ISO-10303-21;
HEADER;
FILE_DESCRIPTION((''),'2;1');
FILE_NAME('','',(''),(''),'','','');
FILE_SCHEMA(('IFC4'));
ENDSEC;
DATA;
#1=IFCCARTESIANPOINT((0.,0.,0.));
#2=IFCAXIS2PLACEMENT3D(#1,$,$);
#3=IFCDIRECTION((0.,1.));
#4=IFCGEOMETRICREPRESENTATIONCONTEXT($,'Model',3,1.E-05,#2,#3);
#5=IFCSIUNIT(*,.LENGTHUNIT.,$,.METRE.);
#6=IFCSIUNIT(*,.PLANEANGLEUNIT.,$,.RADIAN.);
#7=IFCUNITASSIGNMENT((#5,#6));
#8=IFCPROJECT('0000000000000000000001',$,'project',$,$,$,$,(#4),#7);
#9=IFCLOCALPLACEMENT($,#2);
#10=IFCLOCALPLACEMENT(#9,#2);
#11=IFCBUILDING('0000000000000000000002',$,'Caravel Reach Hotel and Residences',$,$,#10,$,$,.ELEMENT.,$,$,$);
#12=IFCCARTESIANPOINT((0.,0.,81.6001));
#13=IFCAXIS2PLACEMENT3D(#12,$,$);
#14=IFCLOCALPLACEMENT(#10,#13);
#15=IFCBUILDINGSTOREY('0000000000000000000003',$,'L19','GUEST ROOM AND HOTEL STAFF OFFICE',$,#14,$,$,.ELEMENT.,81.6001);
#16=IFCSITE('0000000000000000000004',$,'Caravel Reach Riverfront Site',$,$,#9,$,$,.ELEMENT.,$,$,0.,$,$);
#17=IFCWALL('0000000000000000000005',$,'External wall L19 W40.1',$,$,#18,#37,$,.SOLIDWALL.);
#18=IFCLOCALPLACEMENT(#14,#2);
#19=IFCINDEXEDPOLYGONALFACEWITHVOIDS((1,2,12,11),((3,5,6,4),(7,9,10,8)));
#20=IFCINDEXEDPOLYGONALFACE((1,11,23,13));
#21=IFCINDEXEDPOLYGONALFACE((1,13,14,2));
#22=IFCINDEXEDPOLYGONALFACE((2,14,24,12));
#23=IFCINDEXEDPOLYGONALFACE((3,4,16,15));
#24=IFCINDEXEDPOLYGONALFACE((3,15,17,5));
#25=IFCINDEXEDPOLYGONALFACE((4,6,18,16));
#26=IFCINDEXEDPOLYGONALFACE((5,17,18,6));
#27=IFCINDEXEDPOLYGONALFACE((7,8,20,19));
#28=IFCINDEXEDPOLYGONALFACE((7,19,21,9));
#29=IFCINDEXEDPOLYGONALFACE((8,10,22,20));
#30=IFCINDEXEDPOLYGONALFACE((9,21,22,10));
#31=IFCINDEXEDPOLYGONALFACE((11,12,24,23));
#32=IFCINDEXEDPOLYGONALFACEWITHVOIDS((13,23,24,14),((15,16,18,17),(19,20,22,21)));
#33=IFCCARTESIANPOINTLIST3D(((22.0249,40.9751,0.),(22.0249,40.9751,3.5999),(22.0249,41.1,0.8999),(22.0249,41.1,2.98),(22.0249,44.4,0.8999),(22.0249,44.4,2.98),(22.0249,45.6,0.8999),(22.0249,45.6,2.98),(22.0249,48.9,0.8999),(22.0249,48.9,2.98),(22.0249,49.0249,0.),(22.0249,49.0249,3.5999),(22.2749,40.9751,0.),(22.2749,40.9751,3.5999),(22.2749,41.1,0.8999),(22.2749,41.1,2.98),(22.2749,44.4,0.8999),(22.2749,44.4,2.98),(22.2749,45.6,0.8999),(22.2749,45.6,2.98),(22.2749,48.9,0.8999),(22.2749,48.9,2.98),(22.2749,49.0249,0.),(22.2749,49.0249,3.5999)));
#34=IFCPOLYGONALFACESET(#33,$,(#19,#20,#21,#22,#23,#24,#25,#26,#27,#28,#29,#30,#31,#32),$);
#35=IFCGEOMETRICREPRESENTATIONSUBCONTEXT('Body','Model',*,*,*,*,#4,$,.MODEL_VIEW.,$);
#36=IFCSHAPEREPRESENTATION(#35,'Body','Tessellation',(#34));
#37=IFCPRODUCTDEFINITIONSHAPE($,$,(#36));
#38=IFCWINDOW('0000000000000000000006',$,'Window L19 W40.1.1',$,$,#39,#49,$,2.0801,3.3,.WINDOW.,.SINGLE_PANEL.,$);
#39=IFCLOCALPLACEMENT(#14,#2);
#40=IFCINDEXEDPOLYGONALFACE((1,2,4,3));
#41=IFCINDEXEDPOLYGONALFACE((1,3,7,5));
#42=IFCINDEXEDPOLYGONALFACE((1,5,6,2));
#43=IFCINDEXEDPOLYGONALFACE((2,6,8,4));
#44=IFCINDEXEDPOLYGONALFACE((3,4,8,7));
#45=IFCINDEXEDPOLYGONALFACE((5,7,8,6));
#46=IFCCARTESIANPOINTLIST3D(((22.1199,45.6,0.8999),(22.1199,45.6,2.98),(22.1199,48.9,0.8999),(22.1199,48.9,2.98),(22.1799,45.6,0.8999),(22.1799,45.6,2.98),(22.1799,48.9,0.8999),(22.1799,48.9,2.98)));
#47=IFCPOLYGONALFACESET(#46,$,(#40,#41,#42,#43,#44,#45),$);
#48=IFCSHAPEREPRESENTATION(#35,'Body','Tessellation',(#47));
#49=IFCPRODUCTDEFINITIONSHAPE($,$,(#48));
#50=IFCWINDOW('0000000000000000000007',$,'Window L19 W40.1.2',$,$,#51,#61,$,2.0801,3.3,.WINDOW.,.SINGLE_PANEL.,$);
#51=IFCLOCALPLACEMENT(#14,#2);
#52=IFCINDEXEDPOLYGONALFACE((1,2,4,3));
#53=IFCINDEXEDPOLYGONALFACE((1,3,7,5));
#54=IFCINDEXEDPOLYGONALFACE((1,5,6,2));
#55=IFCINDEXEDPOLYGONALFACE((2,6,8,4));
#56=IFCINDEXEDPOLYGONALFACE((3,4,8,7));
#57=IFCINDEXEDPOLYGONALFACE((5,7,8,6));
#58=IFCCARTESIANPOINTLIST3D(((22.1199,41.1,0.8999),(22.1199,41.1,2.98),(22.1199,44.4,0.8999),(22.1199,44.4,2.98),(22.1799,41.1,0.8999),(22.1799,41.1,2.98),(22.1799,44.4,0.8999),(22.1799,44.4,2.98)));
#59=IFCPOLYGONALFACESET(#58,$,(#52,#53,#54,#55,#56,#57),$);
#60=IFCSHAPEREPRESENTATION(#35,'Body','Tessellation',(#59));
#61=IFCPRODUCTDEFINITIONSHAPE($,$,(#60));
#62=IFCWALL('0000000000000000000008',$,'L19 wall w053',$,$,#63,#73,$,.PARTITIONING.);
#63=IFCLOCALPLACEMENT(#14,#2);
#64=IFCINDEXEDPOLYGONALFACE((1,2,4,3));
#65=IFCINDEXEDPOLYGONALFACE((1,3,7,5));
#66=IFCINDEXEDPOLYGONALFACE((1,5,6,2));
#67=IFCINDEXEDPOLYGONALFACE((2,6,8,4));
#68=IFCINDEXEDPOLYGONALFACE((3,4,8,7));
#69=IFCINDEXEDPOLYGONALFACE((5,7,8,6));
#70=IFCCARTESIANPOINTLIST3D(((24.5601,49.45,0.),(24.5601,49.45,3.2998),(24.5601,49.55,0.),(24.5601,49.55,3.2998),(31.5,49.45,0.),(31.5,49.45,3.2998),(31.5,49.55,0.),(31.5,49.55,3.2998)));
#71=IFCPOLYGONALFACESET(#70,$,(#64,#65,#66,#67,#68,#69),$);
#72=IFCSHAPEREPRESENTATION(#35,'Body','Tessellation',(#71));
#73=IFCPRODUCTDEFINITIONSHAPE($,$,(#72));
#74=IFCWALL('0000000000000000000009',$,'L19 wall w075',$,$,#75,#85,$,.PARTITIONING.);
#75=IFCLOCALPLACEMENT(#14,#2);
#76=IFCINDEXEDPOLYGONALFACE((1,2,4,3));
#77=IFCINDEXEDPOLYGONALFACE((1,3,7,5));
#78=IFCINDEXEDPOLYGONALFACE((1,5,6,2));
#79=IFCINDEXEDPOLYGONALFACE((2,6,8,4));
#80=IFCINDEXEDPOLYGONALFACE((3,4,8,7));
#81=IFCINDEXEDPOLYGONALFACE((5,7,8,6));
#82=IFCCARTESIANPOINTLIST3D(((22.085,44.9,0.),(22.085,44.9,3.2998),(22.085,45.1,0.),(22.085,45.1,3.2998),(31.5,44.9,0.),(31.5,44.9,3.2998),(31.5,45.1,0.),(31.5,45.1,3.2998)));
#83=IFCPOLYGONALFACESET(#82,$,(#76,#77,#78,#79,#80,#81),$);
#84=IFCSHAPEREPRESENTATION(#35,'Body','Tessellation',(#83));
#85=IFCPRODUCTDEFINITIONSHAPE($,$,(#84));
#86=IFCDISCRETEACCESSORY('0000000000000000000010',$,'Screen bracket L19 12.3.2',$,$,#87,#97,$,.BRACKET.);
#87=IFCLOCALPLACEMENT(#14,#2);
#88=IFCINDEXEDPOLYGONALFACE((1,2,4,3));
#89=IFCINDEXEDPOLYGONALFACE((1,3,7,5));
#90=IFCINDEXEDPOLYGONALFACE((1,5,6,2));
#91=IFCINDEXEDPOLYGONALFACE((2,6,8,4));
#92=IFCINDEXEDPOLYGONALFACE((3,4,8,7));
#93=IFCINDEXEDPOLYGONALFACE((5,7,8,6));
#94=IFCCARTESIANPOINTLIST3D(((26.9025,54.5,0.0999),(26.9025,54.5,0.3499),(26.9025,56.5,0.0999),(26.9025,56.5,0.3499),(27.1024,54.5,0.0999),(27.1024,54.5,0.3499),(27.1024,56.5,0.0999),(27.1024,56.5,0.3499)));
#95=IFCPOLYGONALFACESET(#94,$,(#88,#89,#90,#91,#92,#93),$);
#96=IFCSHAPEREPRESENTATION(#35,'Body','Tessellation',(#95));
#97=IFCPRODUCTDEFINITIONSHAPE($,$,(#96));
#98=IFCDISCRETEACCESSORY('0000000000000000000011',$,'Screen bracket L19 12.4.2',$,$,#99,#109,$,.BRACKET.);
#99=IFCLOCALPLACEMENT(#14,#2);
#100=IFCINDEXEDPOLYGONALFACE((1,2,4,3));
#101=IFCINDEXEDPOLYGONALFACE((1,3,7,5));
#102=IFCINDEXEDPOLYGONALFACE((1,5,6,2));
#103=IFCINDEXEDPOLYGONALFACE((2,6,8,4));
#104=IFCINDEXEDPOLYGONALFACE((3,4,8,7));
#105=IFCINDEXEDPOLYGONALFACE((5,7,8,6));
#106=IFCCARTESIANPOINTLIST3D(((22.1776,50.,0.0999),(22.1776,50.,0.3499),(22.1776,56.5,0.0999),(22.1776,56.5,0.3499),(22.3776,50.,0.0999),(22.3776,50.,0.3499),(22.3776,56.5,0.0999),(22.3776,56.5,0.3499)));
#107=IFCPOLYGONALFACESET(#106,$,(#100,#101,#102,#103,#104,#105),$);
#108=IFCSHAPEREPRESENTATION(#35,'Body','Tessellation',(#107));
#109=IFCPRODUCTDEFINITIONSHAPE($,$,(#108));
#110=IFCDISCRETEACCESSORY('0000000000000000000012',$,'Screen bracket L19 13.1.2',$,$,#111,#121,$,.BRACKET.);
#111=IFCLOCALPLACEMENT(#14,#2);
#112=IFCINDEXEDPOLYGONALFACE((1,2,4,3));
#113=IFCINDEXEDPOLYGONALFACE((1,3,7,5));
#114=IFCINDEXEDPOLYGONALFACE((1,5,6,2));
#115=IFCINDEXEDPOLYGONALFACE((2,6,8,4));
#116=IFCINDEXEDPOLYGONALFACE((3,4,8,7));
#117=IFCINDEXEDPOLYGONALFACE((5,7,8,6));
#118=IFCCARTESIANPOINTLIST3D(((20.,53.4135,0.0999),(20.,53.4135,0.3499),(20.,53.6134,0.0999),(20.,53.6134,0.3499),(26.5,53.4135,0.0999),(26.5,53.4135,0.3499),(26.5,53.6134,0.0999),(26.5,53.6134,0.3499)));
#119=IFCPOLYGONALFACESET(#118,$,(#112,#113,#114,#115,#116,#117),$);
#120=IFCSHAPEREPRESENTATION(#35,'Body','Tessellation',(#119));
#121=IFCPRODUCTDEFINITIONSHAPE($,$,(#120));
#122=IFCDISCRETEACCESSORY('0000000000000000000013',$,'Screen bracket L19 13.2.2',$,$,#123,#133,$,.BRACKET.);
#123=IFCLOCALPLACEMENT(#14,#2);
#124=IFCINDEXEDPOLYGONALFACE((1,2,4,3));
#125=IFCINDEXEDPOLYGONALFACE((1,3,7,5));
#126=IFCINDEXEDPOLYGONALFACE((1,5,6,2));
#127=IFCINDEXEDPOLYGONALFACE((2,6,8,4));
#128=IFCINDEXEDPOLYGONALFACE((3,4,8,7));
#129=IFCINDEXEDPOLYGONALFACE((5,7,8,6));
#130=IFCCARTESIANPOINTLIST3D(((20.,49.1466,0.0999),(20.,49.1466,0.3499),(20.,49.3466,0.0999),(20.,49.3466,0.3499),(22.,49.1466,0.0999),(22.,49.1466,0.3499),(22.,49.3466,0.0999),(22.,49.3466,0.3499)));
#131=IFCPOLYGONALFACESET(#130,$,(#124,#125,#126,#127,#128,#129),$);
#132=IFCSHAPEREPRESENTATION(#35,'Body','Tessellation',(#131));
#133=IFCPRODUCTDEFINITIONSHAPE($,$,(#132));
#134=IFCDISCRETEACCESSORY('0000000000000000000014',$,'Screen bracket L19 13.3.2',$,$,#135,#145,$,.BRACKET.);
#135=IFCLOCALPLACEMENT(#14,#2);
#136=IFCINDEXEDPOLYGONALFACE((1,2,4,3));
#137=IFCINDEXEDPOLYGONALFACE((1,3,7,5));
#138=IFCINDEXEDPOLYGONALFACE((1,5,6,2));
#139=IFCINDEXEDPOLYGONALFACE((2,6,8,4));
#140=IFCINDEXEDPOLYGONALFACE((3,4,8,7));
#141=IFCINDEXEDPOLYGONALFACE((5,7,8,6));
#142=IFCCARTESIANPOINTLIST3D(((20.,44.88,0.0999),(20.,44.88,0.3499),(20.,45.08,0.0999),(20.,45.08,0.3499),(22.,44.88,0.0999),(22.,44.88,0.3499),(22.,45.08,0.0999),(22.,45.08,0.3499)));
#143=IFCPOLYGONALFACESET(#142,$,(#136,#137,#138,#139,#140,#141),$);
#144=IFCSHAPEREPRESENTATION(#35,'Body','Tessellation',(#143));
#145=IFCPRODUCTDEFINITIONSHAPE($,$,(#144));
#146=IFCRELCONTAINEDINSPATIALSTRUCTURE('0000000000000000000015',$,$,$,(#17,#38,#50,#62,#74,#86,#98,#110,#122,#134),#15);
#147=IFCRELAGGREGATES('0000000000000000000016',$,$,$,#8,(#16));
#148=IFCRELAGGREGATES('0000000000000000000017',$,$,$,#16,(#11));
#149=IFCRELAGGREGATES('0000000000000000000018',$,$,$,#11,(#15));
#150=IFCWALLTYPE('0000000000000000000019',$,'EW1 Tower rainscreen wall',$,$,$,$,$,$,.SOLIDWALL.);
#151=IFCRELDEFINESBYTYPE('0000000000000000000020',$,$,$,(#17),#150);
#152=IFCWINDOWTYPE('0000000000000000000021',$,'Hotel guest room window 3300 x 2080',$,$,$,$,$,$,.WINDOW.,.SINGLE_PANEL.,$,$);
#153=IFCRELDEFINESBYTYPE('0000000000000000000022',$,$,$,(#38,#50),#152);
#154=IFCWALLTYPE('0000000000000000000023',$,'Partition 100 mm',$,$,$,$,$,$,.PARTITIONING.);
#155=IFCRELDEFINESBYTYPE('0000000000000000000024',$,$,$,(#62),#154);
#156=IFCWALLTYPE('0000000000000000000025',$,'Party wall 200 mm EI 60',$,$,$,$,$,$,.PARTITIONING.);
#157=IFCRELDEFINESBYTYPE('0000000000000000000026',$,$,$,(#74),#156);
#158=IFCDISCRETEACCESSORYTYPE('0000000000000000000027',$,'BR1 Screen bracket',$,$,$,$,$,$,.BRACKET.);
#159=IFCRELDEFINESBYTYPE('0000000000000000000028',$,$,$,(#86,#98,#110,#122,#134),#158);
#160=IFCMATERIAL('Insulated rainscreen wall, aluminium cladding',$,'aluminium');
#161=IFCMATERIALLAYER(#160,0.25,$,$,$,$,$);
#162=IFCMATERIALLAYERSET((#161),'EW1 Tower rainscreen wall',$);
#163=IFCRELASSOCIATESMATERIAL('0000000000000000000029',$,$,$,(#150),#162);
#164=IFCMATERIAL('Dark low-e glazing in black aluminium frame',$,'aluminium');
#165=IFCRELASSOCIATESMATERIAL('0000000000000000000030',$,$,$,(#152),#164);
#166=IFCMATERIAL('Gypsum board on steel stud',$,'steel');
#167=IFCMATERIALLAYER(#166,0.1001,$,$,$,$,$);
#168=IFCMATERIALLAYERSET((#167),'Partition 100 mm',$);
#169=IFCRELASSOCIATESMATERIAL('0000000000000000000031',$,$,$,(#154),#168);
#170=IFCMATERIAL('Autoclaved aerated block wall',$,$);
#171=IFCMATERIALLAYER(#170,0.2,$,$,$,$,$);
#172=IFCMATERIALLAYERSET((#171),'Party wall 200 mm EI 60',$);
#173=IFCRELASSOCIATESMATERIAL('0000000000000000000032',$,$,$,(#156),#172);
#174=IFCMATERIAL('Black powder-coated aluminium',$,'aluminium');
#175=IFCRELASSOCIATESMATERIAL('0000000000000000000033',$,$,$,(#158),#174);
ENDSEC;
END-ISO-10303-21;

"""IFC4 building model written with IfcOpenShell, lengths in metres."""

from ifc_helpers import new_model, si_unit, direction, frame, frame_2d, origin, origin_2d, place, context, subcontext, project, spatial, rectangle, extrude, material, layer, layer_set, type_object, element, fill, save


model = new_model("IFC4")

# Units and contexts
model_context = context("Model", 3, precision=1e-05, world=origin(), true_north=direction((0.0, 1.0)))
body_context = subcontext(model_context, "Body", "Model", "MODEL_VIEW")
ifc_project = project(units=[si_unit("LENGTHUNIT", "METRE"), si_unit("PLANEANGLEUNIT", "RADIAN")], contexts=[model_context])

# Site, building, storey
site_placement = place(None, origin())
site = spatial("IfcSite", under=ifc_project, at=site_placement, Name="Caravel Reach Riverfront Site", CompositionType="ELEMENT", RefElevation=0.0)
building_placement = place(site_placement, origin())
building = spatial("IfcBuilding", under=site, at=building_placement, Name="Caravel Reach Hotel and Residences", CompositionType="ELEMENT")
storey_placement = place(building_placement, frame((0.0, 0.0, 81.6001)))
storey = spatial("IfcBuildingStorey", under=building, at=storey_placement, Name="L19", Description="GUEST ROOM AND HOTEL STAFF OFFICE", CompositionType="ELEMENT", Elevation=81.6001)

# Shared definitions
ifc_material_1 = material(Name="Insulated rainscreen wall, aluminium cladding", Category="aluminium")
ifc_layer_1 = layer(ifc_material_1, 0.25)
ifc_layer_set_1 = layer_set([ifc_layer_1], Name="EW1 Tower rainscreen wall")
wall_type_1 = type_object("IfcWallType", Name="EW1 Tower rainscreen wall", PredefinedType="SOLIDWALL", material=ifc_layer_set_1)

# Wall, openings, windows
wall_1_placement = place(storey_placement, frame((22.1499, 49.0249, 0.0), z_axis=(0.0, 0.0, 1.0), x_axis=(0.0, -1.0, 0.0)))
wall_1 = element("IfcWall", 1, at=wall_1_placement, inside=storey, type_object=wall_type_1, Name="External wall L19 W40.1", PredefinedType="SOLIDWALL", context=body_context, shape_type="SweptSolid", body=[
    extrude(rectangle(XDim=8.0498, YDim=0.25, at=frame_2d((4.0249, 0.0))), origin(), (0.0, 0.0, 1.0), 3.5999),
])
opening_1_placement = place(wall_1_placement, frame((0.125, 0.0, 0.8999)))
opening_1 = element("IfcOpeningElement", 2, at=opening_1_placement, cuts=wall_1, PredefinedType="OPENING", context=body_context, shape_type="SweptSolid", body=[
    extrude(rectangle(XDim=3.3, YDim=2.0801, at=frame_2d((1.6499, 1.04))), frame((0.0, 0.135, 0.0), z_axis=(0.0, -1.0, 0.0), x_axis=(1.0, 0.0, 0.0)), (0.0, 0.0, 1.0), 0.27),
])
opening_2_placement = place(wall_1_placement, frame((4.625, 0.0, 0.8999)))
opening_2 = element("IfcOpeningElement", 3, at=opening_2_placement, cuts=wall_1, PredefinedType="OPENING", context=body_context, shape_type="SweptSolid", body=[
    extrude(rectangle(XDim=3.3, YDim=2.0801, at=frame_2d((1.6499, 1.04))), frame((0.0, 0.135, 0.0), z_axis=(0.0, -1.0, 0.0), x_axis=(1.0, 0.0, 0.0)), (0.0, 0.0, 1.0), 0.27),
])
ifc_material_2 = material(Name="Dark low-e glazing in black aluminium frame", Category="aluminium")
window_type_1 = type_object("IfcWindowType", Name="Hotel guest room window 3300 x 2080", PartitioningType="SINGLE_PANEL", PredefinedType="WINDOW", material=ifc_material_2)
window_1_placement = place(opening_1_placement, origin())
window_1 = element("IfcWindow", 4, at=window_1_placement, inside=storey, type_object=window_type_1, Name="Window L19 W40.1.1", OverallHeight=2.0801, OverallWidth=3.3, PartitioningType="SINGLE_PANEL", PredefinedType="WINDOW", context=body_context, shape_type="SweptSolid", body=[
    extrude(rectangle(XDim=3.3, YDim=2.0801, at=frame_2d((1.6499, 1.04))), frame((0.0, 0.03, 0.0), z_axis=(0.0, -1.0, 0.0), x_axis=(1.0, 0.0, 0.0)), (0.0, 0.0, 1.0), 0.0601),
])
fill(opening_1, window_1)
window_2_placement = place(opening_2_placement, origin())
window_2 = element("IfcWindow", 5, at=window_2_placement, inside=storey, type_object=window_type_1, Name="Window L19 W40.1.2", OverallHeight=2.0801, OverallWidth=3.3, PartitioningType="SINGLE_PANEL", PredefinedType="WINDOW", context=body_context, shape_type="SweptSolid", body=[
    extrude(rectangle(XDim=3.3, YDim=2.0801, at=frame_2d((1.6499, 1.04))), frame((0.0, 0.03, 0.0), z_axis=(0.0, -1.0, 0.0), x_axis=(1.0, 0.0, 0.0)), (0.0, 0.0, 1.0), 0.0601),
])
fill(opening_2, window_2)

# Walls
ifc_material_3 = material(Name="Gypsum board on steel stud", Category="steel")
ifc_layer_2 = layer(ifc_material_3, 0.1001)
ifc_layer_set_2 = layer_set([ifc_layer_2], Name="Partition 100 mm")
wall_type_2 = type_object("IfcWallType", Name="Partition 100 mm", PredefinedType="PARTITIONING", material=ifc_layer_set_2)
wall_2_placement = place(storey_placement, frame((24.5601, 49.5, 0.0), z_axis=(0.0, 0.0, 1.0), x_axis=(1.0, 0.0, 0.0)))
element("IfcWall", 6, at=wall_2_placement, inside=storey, type_object=wall_type_2, Name="L19 wall w053", PredefinedType="PARTITIONING", context=body_context, shape_type="SweptSolid", body=[
    extrude(rectangle(XDim=6.9399, YDim=0.1001, at=frame_2d((3.47, 0.0))), origin(), (0.0, 0.0, 1.0), 3.2998),
])
ifc_material_4 = material(Name="Autoclaved aerated block wall")
ifc_layer_3 = layer(ifc_material_4, 0.2)
ifc_layer_set_3 = layer_set([ifc_layer_3], Name="Party wall 200 mm EI 60")
wall_type_3 = type_object("IfcWallType", Name="Party wall 200 mm EI 60", PredefinedType="PARTITIONING", material=ifc_layer_set_3)
wall_3_placement = place(storey_placement, frame((22.085, 45.0, 0.0), z_axis=(0.0, 0.0, 1.0), x_axis=(1.0, 0.0, 0.0)))
element("IfcWall", 7, at=wall_3_placement, inside=storey, type_object=wall_type_3, Name="L19 wall w075", PredefinedType="PARTITIONING", context=body_context, shape_type="SweptSolid", body=[
    extrude(rectangle(XDim=9.415, YDim=0.2, at=frame_2d((4.7075, 0.0))), origin(), (0.0, 0.0, 1.0), 3.2998),
])

# Discrete accessories
ifc_material_5 = material(Name="Black powder-coated aluminium", Category="aluminium")
discrete_accessory_type = type_object("IfcDiscreteAccessoryType", Name="BR1 Screen bracket", PredefinedType="BRACKET", material=ifc_material_5)
discrete_accessory_placement = place(storey_placement, frame((27.0024, 55.5, 0.0999), z_axis=(0.0, 0.0, 1.0), x_axis=(0.0, 1.0, 0.0)))
element("IfcDiscreteAccessory", 8, at=discrete_accessory_placement, inside=storey, type_object=discrete_accessory_type, Name="Screen bracket L19 12.3.2", PredefinedType="BRACKET", context=body_context, shape_type="SweptSolid", body=[
    extrude(rectangle(XDim=2.0, YDim=0.2, at=origin_2d()), origin(), (0.0, 0.0, 1.0), 0.25),
])
for number, where, z_axis, x_axis, name in (
    (9, (22.2776, 53.25, 0.0999), (0.0, 0.0, 1.0), (0.0, 1.0, 0.0), "Screen bracket L19 12.4.2"),
    (10, (23.25, 53.5134, 0.0999), (0.0, 0.0, 1.0), (-1.0, 0.0, 0.0), "Screen bracket L19 13.1.2"),
):
    element("IfcDiscreteAccessory", number, at=place(storey_placement, frame(where, z_axis=z_axis, x_axis=x_axis)), inside=storey, type_object=discrete_accessory_type, Name=name, PredefinedType="BRACKET", context=body_context, shape_type="SweptSolid", body=[
        extrude(rectangle(XDim=6.5, YDim=0.2, at=origin_2d()), origin(), (0.0, 0.0, 1.0), 0.25),
    ])
for number, where, z_axis, x_axis, name in (
    (11, (21.0, 49.2466, 0.0999), (0.0, 0.0, 1.0), (-1.0, 0.0, 0.0), "Screen bracket L19 13.2.2"),
    (12, (21.0, 44.98, 0.0999), (0.0, 0.0, 1.0), (-1.0, 0.0, 0.0), "Screen bracket L19 13.3.2"),
):
    element("IfcDiscreteAccessory", number, at=place(storey_placement, frame(where, z_axis=z_axis, x_axis=x_axis)), inside=storey, type_object=discrete_accessory_type, Name=name, PredefinedType="BRACKET", context=body_context, shape_type="SweptSolid", body=[
        extrude(rectangle(XDim=2.0, YDim=0.2, at=origin_2d()), origin(), (0.0, 0.0, 1.0), 0.25),
    ])

save(model, "model.ifc")
